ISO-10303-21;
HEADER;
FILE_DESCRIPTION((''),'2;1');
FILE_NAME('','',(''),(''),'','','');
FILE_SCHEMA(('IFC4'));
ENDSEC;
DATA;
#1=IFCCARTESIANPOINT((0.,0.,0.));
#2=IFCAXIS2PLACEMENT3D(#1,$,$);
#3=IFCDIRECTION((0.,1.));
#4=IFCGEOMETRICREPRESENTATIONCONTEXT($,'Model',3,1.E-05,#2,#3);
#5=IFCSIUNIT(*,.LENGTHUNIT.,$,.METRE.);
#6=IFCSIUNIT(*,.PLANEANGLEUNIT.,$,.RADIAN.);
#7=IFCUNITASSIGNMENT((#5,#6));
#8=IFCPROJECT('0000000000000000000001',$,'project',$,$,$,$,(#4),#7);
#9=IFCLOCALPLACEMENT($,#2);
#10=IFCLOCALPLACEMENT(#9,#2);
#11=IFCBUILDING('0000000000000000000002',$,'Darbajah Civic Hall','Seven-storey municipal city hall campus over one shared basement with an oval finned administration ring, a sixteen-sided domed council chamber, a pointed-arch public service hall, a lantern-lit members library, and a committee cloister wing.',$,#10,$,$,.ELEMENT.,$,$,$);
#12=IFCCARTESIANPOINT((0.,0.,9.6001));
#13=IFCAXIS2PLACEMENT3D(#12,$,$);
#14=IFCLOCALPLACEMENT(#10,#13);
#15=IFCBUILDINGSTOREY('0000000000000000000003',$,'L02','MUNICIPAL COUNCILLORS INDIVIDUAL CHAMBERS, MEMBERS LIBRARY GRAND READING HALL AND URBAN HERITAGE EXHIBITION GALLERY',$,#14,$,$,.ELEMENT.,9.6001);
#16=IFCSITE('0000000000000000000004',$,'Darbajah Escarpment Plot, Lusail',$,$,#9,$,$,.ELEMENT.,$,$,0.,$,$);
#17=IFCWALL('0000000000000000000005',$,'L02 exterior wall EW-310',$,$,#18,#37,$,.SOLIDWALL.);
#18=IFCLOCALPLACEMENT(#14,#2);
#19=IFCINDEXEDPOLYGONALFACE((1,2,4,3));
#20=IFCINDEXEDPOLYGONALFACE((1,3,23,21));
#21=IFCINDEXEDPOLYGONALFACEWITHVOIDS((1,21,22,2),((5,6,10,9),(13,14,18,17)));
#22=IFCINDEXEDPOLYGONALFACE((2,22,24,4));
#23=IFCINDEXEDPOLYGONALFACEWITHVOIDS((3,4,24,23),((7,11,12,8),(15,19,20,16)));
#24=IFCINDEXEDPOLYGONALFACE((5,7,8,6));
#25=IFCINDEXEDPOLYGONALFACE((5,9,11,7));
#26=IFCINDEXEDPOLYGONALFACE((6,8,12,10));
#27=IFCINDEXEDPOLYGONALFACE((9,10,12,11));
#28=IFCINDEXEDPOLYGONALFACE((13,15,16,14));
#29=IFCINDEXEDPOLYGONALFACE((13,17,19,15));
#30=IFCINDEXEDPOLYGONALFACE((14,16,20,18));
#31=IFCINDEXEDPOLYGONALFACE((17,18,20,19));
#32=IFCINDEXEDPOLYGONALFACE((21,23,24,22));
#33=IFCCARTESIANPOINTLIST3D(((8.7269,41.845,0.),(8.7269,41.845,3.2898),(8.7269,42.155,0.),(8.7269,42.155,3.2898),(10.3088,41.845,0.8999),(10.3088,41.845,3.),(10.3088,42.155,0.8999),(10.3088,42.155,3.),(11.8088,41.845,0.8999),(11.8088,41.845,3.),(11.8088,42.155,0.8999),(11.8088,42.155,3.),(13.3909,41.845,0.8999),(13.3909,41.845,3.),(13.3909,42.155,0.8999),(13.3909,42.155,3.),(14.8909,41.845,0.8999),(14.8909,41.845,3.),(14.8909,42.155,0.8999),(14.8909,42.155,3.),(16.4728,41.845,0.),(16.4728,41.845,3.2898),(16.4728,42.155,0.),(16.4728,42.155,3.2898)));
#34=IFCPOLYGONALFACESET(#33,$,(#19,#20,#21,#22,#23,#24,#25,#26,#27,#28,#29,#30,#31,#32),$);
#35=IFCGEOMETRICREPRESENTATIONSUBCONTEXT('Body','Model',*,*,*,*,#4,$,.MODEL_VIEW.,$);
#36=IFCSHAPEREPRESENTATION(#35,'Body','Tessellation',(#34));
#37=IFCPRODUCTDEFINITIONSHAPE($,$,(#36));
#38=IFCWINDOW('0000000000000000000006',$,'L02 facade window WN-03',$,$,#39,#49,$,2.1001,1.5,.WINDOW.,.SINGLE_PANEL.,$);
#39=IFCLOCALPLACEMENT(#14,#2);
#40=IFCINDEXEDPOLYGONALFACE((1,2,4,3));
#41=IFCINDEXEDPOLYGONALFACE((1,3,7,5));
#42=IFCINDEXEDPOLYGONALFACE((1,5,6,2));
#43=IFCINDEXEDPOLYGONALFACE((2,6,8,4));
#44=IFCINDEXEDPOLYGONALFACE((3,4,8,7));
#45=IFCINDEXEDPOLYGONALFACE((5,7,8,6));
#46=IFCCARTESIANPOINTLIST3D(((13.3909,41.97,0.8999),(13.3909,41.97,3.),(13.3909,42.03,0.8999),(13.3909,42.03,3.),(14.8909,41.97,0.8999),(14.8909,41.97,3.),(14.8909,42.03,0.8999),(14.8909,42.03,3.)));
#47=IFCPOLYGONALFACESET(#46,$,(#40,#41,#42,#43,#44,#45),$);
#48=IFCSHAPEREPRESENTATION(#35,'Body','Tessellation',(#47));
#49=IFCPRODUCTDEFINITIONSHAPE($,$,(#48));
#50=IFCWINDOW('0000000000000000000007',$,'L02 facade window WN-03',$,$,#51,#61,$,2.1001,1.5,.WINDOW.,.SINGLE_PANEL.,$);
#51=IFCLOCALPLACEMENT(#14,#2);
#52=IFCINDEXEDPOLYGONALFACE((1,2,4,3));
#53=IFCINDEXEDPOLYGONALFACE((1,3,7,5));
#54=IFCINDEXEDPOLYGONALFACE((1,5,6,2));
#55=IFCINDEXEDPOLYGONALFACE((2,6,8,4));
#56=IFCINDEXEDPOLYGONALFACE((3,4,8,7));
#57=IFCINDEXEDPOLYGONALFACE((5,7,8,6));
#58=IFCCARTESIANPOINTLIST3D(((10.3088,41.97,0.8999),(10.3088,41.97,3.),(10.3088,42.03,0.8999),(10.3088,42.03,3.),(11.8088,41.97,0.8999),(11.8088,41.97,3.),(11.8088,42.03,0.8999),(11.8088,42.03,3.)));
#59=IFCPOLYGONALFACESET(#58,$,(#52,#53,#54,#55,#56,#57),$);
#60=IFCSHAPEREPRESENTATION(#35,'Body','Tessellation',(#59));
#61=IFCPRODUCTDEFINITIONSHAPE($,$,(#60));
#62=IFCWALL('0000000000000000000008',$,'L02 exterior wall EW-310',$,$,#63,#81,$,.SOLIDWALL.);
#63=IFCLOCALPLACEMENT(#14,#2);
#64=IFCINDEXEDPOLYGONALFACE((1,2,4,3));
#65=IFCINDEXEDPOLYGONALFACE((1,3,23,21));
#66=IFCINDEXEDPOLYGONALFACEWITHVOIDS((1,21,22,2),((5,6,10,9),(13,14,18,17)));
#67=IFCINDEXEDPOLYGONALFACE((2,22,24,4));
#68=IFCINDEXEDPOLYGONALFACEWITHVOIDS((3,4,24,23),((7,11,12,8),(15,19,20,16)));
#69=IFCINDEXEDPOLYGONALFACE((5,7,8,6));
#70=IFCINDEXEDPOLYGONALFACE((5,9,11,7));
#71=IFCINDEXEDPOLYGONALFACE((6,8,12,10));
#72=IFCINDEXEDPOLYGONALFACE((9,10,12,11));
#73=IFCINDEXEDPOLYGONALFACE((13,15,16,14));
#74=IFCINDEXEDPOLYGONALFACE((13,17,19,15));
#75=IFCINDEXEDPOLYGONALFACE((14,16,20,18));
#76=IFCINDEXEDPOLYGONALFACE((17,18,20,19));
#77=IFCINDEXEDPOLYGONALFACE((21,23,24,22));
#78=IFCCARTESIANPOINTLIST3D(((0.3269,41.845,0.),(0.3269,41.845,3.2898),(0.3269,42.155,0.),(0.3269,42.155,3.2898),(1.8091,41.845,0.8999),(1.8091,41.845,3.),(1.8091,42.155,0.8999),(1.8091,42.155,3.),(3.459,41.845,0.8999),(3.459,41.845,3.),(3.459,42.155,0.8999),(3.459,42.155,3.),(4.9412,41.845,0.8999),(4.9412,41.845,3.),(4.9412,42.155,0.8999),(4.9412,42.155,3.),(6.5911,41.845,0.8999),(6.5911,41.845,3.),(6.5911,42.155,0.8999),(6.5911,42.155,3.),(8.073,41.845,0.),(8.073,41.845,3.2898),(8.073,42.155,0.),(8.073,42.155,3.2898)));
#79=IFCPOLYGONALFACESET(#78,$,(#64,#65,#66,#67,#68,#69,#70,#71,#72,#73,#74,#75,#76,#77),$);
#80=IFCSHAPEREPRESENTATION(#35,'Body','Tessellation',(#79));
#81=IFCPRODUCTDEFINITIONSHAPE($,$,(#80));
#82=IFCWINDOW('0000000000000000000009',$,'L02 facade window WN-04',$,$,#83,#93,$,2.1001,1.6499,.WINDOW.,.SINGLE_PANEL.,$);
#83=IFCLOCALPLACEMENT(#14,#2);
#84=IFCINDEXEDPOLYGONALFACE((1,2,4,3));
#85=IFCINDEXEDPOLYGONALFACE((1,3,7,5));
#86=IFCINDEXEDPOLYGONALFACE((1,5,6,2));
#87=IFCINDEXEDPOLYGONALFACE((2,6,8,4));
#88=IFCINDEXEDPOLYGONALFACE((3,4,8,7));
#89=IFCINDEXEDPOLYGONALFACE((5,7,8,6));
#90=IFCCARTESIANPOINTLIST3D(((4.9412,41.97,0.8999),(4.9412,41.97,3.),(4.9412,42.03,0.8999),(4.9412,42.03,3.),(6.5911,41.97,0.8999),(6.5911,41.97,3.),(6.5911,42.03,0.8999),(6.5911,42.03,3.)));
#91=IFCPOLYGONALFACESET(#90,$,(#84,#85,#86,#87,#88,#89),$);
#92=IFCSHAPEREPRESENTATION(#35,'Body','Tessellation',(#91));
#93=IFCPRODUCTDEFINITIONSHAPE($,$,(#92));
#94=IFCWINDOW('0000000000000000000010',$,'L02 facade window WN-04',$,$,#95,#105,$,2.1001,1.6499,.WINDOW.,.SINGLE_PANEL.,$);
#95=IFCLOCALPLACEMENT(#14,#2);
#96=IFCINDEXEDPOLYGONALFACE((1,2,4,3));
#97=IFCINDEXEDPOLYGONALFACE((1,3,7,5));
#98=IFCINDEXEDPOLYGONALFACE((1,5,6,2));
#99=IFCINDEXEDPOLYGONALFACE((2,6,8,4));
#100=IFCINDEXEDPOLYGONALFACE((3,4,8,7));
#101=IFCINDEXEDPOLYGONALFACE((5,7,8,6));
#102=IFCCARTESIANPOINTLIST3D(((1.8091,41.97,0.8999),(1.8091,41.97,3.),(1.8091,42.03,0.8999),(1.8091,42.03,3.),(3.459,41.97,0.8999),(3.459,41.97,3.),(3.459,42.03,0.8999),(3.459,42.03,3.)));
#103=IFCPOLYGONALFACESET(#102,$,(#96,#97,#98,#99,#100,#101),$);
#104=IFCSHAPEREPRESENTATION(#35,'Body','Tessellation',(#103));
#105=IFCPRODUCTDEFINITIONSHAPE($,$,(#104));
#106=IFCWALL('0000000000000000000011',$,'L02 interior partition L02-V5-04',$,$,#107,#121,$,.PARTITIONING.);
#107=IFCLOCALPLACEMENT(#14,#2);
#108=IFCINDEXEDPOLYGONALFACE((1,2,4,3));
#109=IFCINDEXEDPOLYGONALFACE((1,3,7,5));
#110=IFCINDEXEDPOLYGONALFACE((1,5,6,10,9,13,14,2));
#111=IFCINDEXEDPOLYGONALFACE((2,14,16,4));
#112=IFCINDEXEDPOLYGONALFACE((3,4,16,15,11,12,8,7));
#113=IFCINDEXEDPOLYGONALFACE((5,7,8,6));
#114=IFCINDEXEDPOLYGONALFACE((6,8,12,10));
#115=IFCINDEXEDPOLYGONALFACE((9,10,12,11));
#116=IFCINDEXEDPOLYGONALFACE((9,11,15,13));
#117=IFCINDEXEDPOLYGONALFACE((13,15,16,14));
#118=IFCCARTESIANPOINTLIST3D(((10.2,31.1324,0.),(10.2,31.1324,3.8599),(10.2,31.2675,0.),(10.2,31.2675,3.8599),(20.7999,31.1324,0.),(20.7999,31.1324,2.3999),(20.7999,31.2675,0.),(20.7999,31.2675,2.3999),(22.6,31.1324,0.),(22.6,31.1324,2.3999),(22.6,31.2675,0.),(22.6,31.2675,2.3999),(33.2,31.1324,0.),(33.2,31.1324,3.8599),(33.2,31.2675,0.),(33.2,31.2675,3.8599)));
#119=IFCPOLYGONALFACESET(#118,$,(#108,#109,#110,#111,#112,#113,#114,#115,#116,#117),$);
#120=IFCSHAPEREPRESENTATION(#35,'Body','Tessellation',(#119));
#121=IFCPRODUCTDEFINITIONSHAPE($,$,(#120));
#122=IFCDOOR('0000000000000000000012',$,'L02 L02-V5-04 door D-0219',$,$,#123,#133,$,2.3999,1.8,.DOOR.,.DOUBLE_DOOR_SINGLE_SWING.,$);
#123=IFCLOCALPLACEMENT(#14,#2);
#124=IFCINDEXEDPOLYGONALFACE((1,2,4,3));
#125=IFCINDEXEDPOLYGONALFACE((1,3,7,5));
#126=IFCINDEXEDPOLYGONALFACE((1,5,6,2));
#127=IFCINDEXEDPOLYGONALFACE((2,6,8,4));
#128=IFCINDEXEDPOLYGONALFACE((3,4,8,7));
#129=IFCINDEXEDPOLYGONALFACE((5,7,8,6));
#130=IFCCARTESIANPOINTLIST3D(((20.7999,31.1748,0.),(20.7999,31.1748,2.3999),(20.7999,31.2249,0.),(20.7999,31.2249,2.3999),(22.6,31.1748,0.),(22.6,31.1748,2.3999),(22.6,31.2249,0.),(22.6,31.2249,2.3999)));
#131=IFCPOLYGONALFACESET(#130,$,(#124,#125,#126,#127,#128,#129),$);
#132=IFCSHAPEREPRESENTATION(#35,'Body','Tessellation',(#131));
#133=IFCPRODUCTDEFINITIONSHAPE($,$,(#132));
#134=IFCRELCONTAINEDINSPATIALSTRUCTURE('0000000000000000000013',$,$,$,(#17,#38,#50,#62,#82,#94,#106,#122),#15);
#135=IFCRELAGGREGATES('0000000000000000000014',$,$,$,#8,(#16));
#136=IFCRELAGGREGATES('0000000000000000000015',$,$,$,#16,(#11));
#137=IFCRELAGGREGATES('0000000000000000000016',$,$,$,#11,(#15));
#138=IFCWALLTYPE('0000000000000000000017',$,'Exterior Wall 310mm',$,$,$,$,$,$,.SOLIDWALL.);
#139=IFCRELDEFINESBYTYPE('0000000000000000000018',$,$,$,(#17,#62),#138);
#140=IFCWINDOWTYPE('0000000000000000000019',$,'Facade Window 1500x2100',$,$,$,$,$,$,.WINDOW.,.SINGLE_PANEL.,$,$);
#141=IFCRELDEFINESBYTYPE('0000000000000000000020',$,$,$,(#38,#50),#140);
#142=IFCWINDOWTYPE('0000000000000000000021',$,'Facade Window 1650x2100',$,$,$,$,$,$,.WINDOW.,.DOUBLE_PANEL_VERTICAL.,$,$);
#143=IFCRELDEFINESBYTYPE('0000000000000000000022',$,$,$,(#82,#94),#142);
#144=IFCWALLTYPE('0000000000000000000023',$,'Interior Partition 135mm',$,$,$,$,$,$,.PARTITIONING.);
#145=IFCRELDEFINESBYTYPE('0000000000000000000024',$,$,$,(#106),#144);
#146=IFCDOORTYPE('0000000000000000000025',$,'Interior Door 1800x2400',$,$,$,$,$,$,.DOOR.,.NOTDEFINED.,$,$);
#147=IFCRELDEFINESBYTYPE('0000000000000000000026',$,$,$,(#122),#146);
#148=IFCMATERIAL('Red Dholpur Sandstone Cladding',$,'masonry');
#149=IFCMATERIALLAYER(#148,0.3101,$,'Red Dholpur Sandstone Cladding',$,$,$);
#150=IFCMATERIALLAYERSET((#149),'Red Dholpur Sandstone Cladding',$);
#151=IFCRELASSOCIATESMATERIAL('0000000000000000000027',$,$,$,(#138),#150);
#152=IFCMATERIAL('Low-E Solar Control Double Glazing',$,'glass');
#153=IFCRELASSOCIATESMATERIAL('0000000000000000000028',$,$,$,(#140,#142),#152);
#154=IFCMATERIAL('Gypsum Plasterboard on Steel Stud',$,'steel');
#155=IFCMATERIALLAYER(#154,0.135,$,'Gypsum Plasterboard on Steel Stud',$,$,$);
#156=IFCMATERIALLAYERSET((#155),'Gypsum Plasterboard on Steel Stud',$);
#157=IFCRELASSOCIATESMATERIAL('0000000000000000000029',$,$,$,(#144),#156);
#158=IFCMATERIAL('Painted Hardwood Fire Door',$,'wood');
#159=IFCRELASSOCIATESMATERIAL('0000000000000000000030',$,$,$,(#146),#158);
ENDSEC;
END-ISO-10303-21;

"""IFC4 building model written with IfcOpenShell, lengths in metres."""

from ifc_helpers import new_model, si_unit, direction, frame, frame_2d, origin, place, context, subcontext, project, spatial, rectangle, extrude, material, layer, layer_set, type_object, element, fill, save


model = new_model("IFC4")

# Units and contexts
model_context = context("Model", 3, precision=1e-05, world=origin(), true_north=direction((0.0, 1.0)))
body_context = subcontext(model_context, "Body", "Model", "MODEL_VIEW")
ifc_project = project(units=[si_unit("LENGTHUNIT", "METRE"), si_unit("PLANEANGLEUNIT", "RADIAN")], contexts=[model_context])

# Site, building, storey
site_placement = place(None, origin())
site = spatial("IfcSite", under=ifc_project, at=site_placement, Name="Darbajah Escarpment Plot, Lusail", CompositionType="ELEMENT", RefElevation=0.0)
building_placement = place(site_placement, origin())
building = spatial("IfcBuilding", under=site, at=building_placement, Name="Darbajah Civic Hall", Description="Seven-storey municipal city hall campus over one shared basement with an oval finned administration ring, a sixteen-sided domed council chamber, a pointed-arch public service hall, a lantern-lit members library, and a committee cloister wing.", CompositionType="ELEMENT")
storey_placement = place(building_placement, frame((0.0, 0.0, 9.6001)))
storey = spatial("IfcBuildingStorey", under=building, at=storey_placement, Name="L02", Description="MUNICIPAL COUNCILLORS INDIVIDUAL CHAMBERS, MEMBERS LIBRARY GRAND READING HALL AND URBAN HERITAGE EXHIBITION GALLERY", CompositionType="ELEMENT", Elevation=9.6001)

# Walls, openings, windows
ifc_material_1 = material(Name="Red Dholpur Sandstone Cladding", Category="masonry")
ifc_layer_1 = layer(ifc_material_1, 0.3101, Name="Red Dholpur Sandstone Cladding")
ifc_layer_set_1 = layer_set([ifc_layer_1], Name="Red Dholpur Sandstone Cladding")
wall_type_1 = type_object("IfcWallType", Name="Exterior Wall 310mm", PredefinedType="SOLIDWALL", material=ifc_layer_set_1)
wall_1_placement = place(storey_placement, frame((16.4729, 42.0, 0.0), z_axis=(0.0, 0.0, 1.0), x_axis=(-1.0, 0.0, 0.0)))
wall_1 = element("IfcWall", 1, at=wall_1_placement, inside=storey, type_object=wall_type_1, Name="L02 exterior wall EW-310", PredefinedType="SOLIDWALL", context=body_context, shape_type="SweptSolid", body=[
    extrude(rectangle(XDim=7.7458, YDim=0.3101, at=frame_2d((3.873, 0.0))), origin(), (0.0, 0.0, 1.0), 3.2898),
])
opening_1_placement = place(wall_1_placement, frame((1.582, 0.0, 0.8999)))
opening_1 = element("IfcOpeningElement", 2, at=opening_1_placement, cuts=wall_1, PredefinedType="OPENING", context=body_context, shape_type="SweptSolid", body=[
    extrude(rectangle(XDim=1.5, YDim=2.1001, at=frame_2d((0.75, 1.05))), frame((0.0, 0.165, 0.0), z_axis=(0.0, -1.0, 0.0), x_axis=(1.0, 0.0, 0.0)), (0.0, 0.0, 1.0), 0.3301),
])
opening_2_placement = place(wall_1_placement, frame((4.6641, 0.0, 0.8999)))
opening_2 = element("IfcOpeningElement", 3, at=opening_2_placement, cuts=wall_1, PredefinedType="OPENING", context=body_context, shape_type="SweptSolid", body=[
    extrude(rectangle(XDim=1.5, YDim=2.1001, at=frame_2d((0.75, 1.05))), frame((0.0, 0.165, 0.0), z_axis=(0.0, -1.0, 0.0), x_axis=(1.0, 0.0, 0.0)), (0.0, 0.0, 1.0), 0.3301),
])
ifc_material_2 = material(Name="Low-E Solar Control Double Glazing", Category="glass")
window_type_1 = type_object("IfcWindowType", Name="Facade Window 1500x2100", PartitioningType="SINGLE_PANEL", PredefinedType="WINDOW", material=ifc_material_2)
window_1_placement = place(opening_1_placement, origin())
window_1 = element("IfcWindow", 4, at=window_1_placement, inside=storey, type_object=window_type_1, Name="L02 facade window WN-03", OverallHeight=2.1001, OverallWidth=1.5, PartitioningType="SINGLE_PANEL", PredefinedType="WINDOW", context=body_context, shape_type="SweptSolid", body=[
    extrude(rectangle(XDim=1.5, YDim=2.1001, at=frame_2d((0.75, 1.05))), frame((0.0, 0.03, 0.0), z_axis=(0.0, -1.0, 0.0), x_axis=(1.0, 0.0, 0.0)), (0.0, 0.0, 1.0), 0.0601),
])
fill(opening_1, window_1)
window_2_placement = place(opening_2_placement, origin())
window_2 = element("IfcWindow", 5, at=window_2_placement, inside=storey, type_object=window_type_1, Name="L02 facade window WN-03", OverallHeight=2.1001, OverallWidth=1.5, PartitioningType="SINGLE_PANEL", PredefinedType="WINDOW", context=body_context, shape_type="SweptSolid", body=[
    extrude(rectangle(XDim=1.5, YDim=2.1001, at=frame_2d((0.75, 1.05))), frame((0.0, 0.03, 0.0), z_axis=(0.0, -1.0, 0.0), x_axis=(1.0, 0.0, 0.0)), (0.0, 0.0, 1.0), 0.0601),
])
fill(opening_2, window_2)
wall_2_placement = place(storey_placement, frame((8.073, 42.0, 0.0), z_axis=(0.0, 0.0, 1.0), x_axis=(-1.0, 0.0, 0.0)))
wall_2 = element("IfcWall", 6, at=wall_2_placement, inside=storey, type_object=wall_type_1, Name="L02 exterior wall EW-310", PredefinedType="SOLIDWALL", context=body_context, shape_type="SweptSolid", body=[
    extrude(rectangle(XDim=7.7461, YDim=0.3101, at=frame_2d((3.873, 0.0))), origin(), (0.0, 0.0, 1.0), 3.2898),
])
opening_3_placement = place(wall_2_placement, frame((1.4819, 0.0, 0.8999)))
opening_3 = element("IfcOpeningElement", 7, at=opening_3_placement, cuts=wall_2, PredefinedType="OPENING", context=body_context, shape_type="SweptSolid", body=[
    extrude(rectangle(XDim=1.6499, YDim=2.1001, at=frame_2d((0.825, 1.05))), frame((0.0, 0.165, 0.0), z_axis=(0.0, -1.0, 0.0), x_axis=(1.0, 0.0, 0.0)), (0.0, 0.0, 1.0), 0.3301),
])
opening_4_placement = place(wall_2_placement, frame((4.614, 0.0, 0.8999)))
opening_4 = element("IfcOpeningElement", 8, at=opening_4_placement, cuts=wall_2, PredefinedType="OPENING", context=body_context, shape_type="SweptSolid", body=[
    extrude(rectangle(XDim=1.6499, YDim=2.1001, at=frame_2d((0.825, 1.05))), frame((0.0, 0.165, 0.0), z_axis=(0.0, -1.0, 0.0), x_axis=(1.0, 0.0, 0.0)), (0.0, 0.0, 1.0), 0.3301),
])
window_type_2 = type_object("IfcWindowType", Name="Facade Window 1650x2100", PartitioningType="DOUBLE_PANEL_VERTICAL", PredefinedType="WINDOW", material=ifc_material_2)
window_3_placement = place(opening_3_placement, origin())
window_3 = element("IfcWindow", 9, at=window_3_placement, inside=storey, type_object=window_type_2, Name="L02 facade window WN-04", OverallHeight=2.1001, OverallWidth=1.6499, PartitioningType="SINGLE_PANEL", PredefinedType="WINDOW", context=body_context, shape_type="SweptSolid", body=[
    extrude(rectangle(XDim=1.6499, YDim=2.1001, at=frame_2d((0.825, 1.05))), frame((0.0, 0.03, 0.0), z_axis=(0.0, -1.0, 0.0), x_axis=(1.0, 0.0, 0.0)), (0.0, 0.0, 1.0), 0.0601),
])
fill(opening_3, window_3)
window_4_placement = place(opening_4_placement, origin())
window_4 = element("IfcWindow", 10, at=window_4_placement, inside=storey, type_object=window_type_2, Name="L02 facade window WN-04", OverallHeight=2.1001, OverallWidth=1.6499, PartitioningType="SINGLE_PANEL", PredefinedType="WINDOW", context=body_context, shape_type="SweptSolid", body=[
    extrude(rectangle(XDim=1.6499, YDim=2.1001, at=frame_2d((0.825, 1.05))), frame((0.0, 0.03, 0.0), z_axis=(0.0, -1.0, 0.0), x_axis=(1.0, 0.0, 0.0)), (0.0, 0.0, 1.0), 0.0601),
])
fill(opening_4, window_4)

# Wall, opening, door
ifc_material_3 = material(Name="Gypsum Plasterboard on Steel Stud", Category="steel")
ifc_layer_2 = layer(ifc_material_3, 0.135, Name="Gypsum Plasterboard on Steel Stud")
ifc_layer_set_2 = layer_set([ifc_layer_2], Name="Gypsum Plasterboard on Steel Stud")
wall_type_2 = type_object("IfcWallType", Name="Interior Partition 135mm", PredefinedType="PARTITIONING", material=ifc_layer_set_2)
wall_3_placement = place(storey_placement, frame((10.2, 31.2, 0.0), z_axis=(0.0, 0.0, 1.0), x_axis=(1.0, 0.0, 0.0)))
wall_3 = element("IfcWall", 11, at=wall_3_placement, inside=storey, type_object=wall_type_2, Name="L02 interior partition L02-V5-04", PredefinedType="PARTITIONING", context=body_context, shape_type="SweptSolid", body=[
    extrude(rectangle(XDim=23.0, YDim=0.135, at=frame_2d((11.5, 0.0))), origin(), (0.0, 0.0, 1.0), 3.8599),
])
opening_5_placement = place(wall_3_placement, frame((10.6001, 0.0, 0.0)))
opening_5 = element("IfcOpeningElement", 12, at=opening_5_placement, cuts=wall_3, PredefinedType="OPENING", context=body_context, shape_type="SweptSolid", body=[
    extrude(rectangle(XDim=1.8, YDim=2.3999, at=frame_2d((0.8999, 1.2))), frame((0.0, 0.0774, 0.0), z_axis=(0.0, -1.0, 0.0), x_axis=(1.0, 0.0, 0.0)), (0.0, 0.0, 1.0), 0.155),
])
ifc_material_4 = material(Name="Painted Hardwood Fire Door", Category="wood")
door_type_1 = type_object("IfcDoorType", Name="Interior Door 1800x2400", OperationType="NOTDEFINED", PredefinedType="DOOR", material=ifc_material_4)
door_1_placement = place(opening_5_placement, origin())
door_1 = element("IfcDoor", 13, at=door_1_placement, inside=storey, type_object=door_type_1, Name="L02 L02-V5-04 door D-0219", OperationType="DOUBLE_DOOR_SINGLE_SWING", OverallHeight=2.3999, OverallWidth=1.8, PredefinedType="DOOR", context=body_context, shape_type="SweptSolid", body=[
    extrude(rectangle(XDim=1.8, YDim=2.3999, at=frame_2d((0.8999, 1.2))), frame((0.0, 0.0249, 0.0), z_axis=(0.0, -1.0, 0.0), x_axis=(1.0, 0.0, 0.0)), (0.0, 0.0, 1.0), 0.05),
])
fill(opening_5, door_1)

save(model, "model.ifc")
